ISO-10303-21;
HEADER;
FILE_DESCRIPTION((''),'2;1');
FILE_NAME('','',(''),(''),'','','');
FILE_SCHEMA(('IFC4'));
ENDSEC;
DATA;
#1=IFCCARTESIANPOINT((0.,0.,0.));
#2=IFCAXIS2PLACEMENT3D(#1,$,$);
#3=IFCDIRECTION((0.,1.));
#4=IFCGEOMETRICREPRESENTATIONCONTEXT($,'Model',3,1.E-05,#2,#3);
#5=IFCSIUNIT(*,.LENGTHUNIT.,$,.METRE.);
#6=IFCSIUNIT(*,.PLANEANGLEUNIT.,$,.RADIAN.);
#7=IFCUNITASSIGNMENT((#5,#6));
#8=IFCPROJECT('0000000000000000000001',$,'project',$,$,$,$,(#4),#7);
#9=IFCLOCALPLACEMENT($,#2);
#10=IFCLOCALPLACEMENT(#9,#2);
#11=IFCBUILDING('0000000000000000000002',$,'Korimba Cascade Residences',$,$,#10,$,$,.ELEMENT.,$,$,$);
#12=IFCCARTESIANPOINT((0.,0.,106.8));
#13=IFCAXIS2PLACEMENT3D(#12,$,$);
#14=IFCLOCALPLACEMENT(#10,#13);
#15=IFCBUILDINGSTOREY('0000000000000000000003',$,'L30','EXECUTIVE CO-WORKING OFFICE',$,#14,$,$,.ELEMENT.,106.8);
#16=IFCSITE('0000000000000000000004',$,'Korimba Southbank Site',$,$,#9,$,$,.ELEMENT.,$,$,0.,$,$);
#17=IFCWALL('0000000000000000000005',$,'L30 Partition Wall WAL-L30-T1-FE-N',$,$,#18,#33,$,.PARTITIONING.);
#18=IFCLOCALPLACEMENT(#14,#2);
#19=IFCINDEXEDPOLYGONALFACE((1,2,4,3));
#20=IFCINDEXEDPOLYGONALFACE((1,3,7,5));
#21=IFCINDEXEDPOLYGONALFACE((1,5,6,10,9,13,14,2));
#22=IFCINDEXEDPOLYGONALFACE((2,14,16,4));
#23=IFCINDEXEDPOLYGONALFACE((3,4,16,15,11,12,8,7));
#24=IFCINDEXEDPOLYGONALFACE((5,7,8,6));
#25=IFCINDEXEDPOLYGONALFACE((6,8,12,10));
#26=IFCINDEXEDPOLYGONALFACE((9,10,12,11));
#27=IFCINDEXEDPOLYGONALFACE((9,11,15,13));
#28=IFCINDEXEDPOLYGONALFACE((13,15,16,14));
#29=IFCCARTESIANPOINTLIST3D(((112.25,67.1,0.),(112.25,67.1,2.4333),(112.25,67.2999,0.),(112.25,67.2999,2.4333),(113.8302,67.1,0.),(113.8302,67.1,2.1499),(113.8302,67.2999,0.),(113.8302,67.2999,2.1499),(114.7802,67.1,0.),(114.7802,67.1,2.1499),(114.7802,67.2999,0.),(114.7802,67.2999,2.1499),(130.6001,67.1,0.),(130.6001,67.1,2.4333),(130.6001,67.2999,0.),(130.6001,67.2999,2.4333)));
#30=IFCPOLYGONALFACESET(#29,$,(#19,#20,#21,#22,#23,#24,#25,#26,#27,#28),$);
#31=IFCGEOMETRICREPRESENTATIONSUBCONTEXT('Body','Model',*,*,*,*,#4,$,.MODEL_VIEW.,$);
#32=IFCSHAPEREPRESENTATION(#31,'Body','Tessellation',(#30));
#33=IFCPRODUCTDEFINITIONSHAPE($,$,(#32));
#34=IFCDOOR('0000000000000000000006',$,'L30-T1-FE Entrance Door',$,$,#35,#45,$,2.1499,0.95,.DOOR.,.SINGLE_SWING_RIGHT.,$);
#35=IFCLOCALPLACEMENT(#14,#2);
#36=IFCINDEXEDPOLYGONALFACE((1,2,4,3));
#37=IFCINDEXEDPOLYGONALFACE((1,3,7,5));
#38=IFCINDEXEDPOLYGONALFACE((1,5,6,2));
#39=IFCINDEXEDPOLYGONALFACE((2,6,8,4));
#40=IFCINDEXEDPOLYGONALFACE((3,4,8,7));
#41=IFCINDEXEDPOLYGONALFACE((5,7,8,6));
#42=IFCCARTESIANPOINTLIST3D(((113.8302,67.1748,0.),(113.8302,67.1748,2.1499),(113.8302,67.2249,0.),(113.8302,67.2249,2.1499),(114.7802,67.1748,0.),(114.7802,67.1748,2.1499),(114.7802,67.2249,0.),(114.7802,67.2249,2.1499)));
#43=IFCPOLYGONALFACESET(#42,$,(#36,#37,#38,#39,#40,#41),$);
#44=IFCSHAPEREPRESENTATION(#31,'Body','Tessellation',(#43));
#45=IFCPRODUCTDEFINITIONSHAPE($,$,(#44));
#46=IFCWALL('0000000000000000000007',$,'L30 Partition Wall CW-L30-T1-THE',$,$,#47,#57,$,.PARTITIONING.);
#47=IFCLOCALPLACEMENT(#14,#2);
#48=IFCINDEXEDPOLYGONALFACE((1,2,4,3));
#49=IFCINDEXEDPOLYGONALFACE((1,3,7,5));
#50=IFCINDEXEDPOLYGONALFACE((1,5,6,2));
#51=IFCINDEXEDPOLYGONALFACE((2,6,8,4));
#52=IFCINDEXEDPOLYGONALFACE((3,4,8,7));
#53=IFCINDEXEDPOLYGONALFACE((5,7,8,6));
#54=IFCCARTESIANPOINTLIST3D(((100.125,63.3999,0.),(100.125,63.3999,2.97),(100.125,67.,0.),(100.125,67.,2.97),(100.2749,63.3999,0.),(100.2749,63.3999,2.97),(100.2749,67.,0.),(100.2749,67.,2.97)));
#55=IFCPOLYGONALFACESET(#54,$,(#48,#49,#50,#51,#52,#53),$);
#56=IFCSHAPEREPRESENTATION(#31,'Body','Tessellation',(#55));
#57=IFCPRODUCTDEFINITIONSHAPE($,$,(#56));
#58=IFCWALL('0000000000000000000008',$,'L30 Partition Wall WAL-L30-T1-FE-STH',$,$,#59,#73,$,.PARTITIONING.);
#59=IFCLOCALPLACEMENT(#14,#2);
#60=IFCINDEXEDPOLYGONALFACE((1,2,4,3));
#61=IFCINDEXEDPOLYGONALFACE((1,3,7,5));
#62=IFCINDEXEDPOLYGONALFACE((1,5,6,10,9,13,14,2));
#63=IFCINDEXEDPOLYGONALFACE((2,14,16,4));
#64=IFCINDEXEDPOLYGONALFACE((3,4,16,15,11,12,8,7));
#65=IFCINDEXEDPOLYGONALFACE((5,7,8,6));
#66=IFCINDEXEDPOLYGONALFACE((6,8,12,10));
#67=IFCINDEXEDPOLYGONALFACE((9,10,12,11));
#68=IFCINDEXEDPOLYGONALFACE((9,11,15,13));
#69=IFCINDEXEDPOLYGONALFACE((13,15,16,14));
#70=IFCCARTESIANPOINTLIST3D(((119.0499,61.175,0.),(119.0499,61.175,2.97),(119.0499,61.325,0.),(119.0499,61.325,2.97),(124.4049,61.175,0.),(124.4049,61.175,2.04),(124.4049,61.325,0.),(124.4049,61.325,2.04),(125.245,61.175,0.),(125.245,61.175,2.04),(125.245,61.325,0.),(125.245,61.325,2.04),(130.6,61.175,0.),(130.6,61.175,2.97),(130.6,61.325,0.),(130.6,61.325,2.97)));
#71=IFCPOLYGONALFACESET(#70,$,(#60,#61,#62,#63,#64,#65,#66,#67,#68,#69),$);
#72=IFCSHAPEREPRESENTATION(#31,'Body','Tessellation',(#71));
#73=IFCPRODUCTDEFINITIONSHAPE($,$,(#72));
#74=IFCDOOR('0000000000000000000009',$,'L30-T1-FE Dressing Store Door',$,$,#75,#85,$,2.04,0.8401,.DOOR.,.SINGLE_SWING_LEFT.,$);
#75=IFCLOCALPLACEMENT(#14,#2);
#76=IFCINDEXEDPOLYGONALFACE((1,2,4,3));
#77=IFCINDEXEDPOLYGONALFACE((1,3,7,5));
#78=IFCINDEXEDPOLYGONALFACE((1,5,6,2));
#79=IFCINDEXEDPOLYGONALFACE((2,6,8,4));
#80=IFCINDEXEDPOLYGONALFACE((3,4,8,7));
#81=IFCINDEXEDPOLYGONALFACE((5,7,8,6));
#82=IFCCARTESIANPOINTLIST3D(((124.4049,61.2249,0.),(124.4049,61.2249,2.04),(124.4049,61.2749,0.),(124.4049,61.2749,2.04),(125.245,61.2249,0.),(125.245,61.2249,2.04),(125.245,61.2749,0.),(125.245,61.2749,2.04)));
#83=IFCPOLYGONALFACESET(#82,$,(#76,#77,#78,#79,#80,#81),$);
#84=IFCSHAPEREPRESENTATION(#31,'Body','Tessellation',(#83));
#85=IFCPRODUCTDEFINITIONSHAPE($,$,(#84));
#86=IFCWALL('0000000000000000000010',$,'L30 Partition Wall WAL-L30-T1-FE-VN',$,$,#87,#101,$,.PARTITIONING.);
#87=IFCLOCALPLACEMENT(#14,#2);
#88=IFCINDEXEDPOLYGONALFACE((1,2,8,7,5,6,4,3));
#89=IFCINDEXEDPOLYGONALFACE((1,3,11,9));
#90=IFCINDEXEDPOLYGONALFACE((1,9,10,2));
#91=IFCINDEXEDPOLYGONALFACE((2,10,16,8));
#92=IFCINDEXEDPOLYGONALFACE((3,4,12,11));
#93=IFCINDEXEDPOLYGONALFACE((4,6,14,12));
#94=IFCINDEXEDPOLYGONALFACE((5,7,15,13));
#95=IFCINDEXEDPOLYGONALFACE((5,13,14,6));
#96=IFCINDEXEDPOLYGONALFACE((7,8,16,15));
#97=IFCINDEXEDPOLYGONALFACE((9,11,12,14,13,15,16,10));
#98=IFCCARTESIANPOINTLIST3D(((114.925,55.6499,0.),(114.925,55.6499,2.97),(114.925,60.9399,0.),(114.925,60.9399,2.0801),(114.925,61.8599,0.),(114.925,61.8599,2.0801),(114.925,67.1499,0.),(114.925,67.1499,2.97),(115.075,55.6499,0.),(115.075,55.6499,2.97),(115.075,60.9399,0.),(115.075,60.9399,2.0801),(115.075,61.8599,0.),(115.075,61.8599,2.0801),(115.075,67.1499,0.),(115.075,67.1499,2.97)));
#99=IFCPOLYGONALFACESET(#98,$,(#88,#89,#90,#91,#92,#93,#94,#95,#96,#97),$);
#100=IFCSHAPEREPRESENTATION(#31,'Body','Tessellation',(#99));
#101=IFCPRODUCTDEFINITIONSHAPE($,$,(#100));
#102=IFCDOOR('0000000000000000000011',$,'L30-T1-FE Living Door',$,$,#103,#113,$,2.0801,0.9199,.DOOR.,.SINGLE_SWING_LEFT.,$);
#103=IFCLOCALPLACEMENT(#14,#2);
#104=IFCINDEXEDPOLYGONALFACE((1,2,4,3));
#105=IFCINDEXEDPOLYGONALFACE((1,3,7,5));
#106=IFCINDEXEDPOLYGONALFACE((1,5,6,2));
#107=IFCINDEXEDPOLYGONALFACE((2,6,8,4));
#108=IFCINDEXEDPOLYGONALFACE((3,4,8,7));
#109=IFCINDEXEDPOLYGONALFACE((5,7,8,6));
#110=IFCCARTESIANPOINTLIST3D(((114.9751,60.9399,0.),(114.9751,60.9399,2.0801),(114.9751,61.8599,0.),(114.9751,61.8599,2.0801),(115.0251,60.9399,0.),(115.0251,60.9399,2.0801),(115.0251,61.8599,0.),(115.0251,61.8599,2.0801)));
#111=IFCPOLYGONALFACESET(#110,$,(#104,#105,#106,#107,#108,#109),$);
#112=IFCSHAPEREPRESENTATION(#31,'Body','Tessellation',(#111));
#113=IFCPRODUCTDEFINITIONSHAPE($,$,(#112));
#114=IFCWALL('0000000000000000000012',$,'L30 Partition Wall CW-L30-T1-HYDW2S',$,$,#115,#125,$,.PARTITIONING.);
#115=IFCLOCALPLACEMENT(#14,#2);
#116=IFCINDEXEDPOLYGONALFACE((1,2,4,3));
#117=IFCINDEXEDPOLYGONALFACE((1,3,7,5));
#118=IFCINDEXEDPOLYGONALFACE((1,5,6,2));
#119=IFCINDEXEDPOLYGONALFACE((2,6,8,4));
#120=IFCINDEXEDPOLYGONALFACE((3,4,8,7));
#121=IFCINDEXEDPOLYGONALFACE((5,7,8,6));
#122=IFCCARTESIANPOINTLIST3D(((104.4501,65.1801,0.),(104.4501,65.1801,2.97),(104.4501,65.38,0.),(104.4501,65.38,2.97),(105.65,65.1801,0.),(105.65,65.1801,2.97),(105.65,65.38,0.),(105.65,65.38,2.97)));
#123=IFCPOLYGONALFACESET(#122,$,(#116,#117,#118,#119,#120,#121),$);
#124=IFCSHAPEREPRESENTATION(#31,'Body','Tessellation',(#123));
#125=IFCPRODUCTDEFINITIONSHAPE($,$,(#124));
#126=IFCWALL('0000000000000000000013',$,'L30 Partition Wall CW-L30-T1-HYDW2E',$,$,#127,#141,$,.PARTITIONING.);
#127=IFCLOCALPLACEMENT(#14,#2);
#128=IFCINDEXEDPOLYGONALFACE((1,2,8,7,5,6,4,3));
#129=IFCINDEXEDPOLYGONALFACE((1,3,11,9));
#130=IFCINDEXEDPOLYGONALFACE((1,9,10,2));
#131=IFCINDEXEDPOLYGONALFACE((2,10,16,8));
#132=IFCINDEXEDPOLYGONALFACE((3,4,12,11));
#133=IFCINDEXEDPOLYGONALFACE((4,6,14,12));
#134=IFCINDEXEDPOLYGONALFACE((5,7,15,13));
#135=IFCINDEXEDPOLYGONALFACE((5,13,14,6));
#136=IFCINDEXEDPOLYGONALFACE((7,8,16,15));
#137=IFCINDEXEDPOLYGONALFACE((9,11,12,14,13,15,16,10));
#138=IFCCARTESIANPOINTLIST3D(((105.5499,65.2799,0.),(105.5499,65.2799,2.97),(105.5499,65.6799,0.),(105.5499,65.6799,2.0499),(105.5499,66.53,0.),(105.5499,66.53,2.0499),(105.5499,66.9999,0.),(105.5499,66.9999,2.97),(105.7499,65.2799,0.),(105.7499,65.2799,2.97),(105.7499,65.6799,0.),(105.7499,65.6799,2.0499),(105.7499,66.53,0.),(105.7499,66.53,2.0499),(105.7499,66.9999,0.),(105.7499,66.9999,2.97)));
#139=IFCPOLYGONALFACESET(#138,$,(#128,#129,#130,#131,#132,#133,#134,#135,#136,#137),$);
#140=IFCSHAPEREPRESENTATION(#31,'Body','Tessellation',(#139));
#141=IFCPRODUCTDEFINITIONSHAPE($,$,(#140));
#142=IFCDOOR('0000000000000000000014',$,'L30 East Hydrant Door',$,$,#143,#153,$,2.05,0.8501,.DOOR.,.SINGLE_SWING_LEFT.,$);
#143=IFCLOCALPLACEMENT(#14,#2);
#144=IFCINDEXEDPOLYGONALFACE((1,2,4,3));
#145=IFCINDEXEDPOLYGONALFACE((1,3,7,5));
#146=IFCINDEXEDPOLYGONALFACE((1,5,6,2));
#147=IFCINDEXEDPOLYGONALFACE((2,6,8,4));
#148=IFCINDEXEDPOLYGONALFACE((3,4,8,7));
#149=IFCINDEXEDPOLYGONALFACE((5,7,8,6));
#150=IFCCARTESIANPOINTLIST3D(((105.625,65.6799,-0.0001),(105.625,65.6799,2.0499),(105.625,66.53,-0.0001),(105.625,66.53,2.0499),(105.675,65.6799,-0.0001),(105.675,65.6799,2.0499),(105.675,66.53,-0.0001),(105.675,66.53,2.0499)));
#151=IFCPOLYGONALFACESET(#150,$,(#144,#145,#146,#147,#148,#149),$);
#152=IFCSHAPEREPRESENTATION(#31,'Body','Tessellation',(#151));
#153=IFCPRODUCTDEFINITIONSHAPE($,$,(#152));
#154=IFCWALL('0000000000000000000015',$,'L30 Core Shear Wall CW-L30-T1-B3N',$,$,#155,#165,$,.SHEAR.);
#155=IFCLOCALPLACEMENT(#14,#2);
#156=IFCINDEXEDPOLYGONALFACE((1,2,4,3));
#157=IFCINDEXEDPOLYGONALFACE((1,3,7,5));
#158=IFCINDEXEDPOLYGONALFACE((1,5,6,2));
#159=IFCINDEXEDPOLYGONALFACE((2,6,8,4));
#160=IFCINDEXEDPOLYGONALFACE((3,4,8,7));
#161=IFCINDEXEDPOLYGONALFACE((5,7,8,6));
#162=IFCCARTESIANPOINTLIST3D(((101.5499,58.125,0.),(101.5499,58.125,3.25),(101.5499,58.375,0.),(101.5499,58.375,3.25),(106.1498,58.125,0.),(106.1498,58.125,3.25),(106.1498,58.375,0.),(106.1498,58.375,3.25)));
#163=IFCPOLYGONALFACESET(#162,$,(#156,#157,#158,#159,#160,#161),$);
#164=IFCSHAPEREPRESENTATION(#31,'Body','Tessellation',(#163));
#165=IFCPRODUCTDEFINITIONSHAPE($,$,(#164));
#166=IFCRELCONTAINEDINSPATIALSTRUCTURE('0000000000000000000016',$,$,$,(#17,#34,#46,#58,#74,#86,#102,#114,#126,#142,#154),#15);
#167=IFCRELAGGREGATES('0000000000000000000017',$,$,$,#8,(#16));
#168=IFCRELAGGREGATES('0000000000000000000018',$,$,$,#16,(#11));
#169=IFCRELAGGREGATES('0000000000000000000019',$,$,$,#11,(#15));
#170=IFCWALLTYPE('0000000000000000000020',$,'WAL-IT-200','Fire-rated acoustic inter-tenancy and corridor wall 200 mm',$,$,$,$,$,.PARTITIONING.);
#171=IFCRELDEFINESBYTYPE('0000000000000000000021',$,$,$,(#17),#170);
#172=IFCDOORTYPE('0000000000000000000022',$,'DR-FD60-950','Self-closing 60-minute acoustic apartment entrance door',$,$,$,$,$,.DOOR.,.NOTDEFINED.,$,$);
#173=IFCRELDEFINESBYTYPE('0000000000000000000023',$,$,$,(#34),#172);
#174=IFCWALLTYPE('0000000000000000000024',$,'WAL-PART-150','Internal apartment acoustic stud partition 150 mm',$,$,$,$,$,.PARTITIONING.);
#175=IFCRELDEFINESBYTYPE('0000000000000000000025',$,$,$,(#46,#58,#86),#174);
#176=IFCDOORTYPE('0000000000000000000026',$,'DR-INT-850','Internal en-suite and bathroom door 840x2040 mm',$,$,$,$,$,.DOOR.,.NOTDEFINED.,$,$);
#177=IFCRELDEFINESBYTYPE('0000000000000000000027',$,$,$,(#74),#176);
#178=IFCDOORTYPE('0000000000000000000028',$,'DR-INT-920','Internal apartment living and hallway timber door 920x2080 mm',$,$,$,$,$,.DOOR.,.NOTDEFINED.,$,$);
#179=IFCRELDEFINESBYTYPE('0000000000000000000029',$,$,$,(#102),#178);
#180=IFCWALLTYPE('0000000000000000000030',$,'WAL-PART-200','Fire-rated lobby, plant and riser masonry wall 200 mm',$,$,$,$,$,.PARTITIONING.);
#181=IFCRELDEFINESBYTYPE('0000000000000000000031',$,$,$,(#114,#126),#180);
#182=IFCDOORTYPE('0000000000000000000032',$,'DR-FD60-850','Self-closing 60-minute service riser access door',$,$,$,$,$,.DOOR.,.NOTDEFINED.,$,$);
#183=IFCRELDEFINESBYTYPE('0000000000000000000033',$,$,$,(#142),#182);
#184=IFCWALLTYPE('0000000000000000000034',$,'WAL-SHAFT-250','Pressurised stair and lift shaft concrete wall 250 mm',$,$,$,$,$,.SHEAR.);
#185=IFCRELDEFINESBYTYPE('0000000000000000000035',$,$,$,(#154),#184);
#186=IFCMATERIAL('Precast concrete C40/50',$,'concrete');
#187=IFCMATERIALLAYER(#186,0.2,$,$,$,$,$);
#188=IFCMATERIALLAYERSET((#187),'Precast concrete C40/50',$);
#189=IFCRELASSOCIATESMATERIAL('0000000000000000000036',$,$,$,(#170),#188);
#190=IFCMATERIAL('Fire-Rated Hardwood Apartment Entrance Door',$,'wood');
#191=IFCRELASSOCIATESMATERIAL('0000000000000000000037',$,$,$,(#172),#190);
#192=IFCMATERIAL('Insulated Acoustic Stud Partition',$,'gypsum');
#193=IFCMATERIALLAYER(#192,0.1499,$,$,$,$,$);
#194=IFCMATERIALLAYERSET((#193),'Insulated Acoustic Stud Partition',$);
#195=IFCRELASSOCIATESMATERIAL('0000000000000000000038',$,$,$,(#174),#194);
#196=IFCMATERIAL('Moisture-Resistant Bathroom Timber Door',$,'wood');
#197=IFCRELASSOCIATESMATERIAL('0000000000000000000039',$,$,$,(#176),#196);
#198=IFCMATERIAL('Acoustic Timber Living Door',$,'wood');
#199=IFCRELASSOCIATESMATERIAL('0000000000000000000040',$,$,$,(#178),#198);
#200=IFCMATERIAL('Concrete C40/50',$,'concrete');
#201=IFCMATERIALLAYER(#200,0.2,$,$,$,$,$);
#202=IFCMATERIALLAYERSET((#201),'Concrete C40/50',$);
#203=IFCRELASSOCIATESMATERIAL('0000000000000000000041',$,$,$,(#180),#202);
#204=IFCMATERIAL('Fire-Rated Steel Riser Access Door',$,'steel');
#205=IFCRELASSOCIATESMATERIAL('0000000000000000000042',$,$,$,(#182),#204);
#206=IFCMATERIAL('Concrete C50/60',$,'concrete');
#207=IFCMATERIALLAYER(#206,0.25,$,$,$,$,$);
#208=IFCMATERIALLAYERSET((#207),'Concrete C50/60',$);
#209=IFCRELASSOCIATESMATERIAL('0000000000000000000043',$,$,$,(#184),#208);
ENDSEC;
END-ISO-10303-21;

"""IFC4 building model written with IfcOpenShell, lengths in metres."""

from ifc_helpers import new_model, si_unit, direction, frame, frame_2d, origin, place, context, subcontext, project, spatial, rectangle, extrude, material, layer, layer_set, type_object, element, fill, save


model = new_model("IFC4")

# Units and contexts
model_context = context("Model", 3, precision=1e-05, world=origin(), true_north=direction((0.0, 1.0)))
body_context = subcontext(model_context, "Body", "Model", "MODEL_VIEW")
ifc_project = project(units=[si_unit("LENGTHUNIT", "METRE"), si_unit("PLANEANGLEUNIT", "RADIAN")], contexts=[model_context])

# Site, building, storey
site_placement = place(None, origin())
site = spatial("IfcSite", under=ifc_project, at=site_placement, Name="Korimba Southbank Site", CompositionType="ELEMENT", RefElevation=0.0)
building_placement = place(site_placement, origin())
building = spatial("IfcBuilding", under=site, at=building_placement, Name="Korimba Cascade Residences", CompositionType="ELEMENT")
storey_placement = place(building_placement, frame((0.0, 0.0, 106.8)))
storey = spatial("IfcBuildingStorey", under=building, at=storey_placement, Name="L30", Description="EXECUTIVE CO-WORKING OFFICE", CompositionType="ELEMENT", Elevation=106.8)

# Wall, opening, door
ifc_material_1 = material(Name="Precast concrete C40/50", Category="concrete")
ifc_layer_1 = layer(ifc_material_1, 0.2)
ifc_layer_set_1 = layer_set([ifc_layer_1], Name="Precast concrete C40/50")
wall_type_1 = type_object("IfcWallType", Name="WAL-IT-200", Description="Fire-rated acoustic inter-tenancy and corridor wall 200 mm", PredefinedType="PARTITIONING", material=ifc_layer_set_1)
wall_1_placement = place(storey_placement, frame((112.25, 67.2, 0.0), z_axis=(0.0, 0.0, 1.0), x_axis=(1.0, 0.0, 0.0)))
wall_1 = element("IfcWall", 1, at=wall_1_placement, inside=storey, type_object=wall_type_1, Name="L30 Partition Wall WAL-L30-T1-FE-N", PredefinedType="PARTITIONING", context=body_context, shape_type="SweptSolid", body=[
    extrude(rectangle(XDim=18.3501, YDim=0.2, at=frame_2d((9.175, 0.0))), origin(), (0.0, 0.0, 1.0), 2.4333),
])
opening_1_placement = place(wall_1_placement, frame((1.5801, 0.0, 0.0)))
opening_1 = element("IfcOpeningElement", 2, at=opening_1_placement, cuts=wall_1, PredefinedType="OPENING", context=body_context, shape_type="SweptSolid", body=[
    extrude(rectangle(XDim=0.95, YDim=2.1499, at=frame_2d((0.4751, 1.075))), frame((0.0, 0.1099, 0.0), z_axis=(0.0, -1.0, 0.0), x_axis=(1.0, 0.0, 0.0)), (0.0, 0.0, 1.0), 0.22),
])
ifc_material_2 = material(Name="Fire-Rated Hardwood Apartment Entrance Door", Category="wood")
door_type_1 = type_object("IfcDoorType", Name="DR-FD60-950", Description="Self-closing 60-minute acoustic apartment entrance door", OperationType="NOTDEFINED", PredefinedType="DOOR", material=ifc_material_2)
door_1_placement = place(opening_1_placement, origin())
door_1 = element("IfcDoor", 3, at=door_1_placement, inside=storey, type_object=door_type_1, Name="L30-T1-FE Entrance Door", OperationType="SINGLE_SWING_RIGHT", OverallHeight=2.1499, OverallWidth=0.95, PredefinedType="DOOR", context=body_context, shape_type="SweptSolid", body=[
    extrude(rectangle(XDim=0.95, YDim=2.1499, at=frame_2d((0.4751, 1.075))), frame((0.0, 0.0249, 0.0), z_axis=(0.0, -1.0, 0.0), x_axis=(1.0, 0.0, 0.0)), (0.0, 0.0, 1.0), 0.05),
])
fill(opening_1, door_1)

# Wall
ifc_material_3 = material(Name="Insulated Acoustic Stud Partition", Category="gypsum")
ifc_layer_2 = layer(ifc_material_3, 0.1499)
ifc_layer_set_2 = layer_set([ifc_layer_2], Name="Insulated Acoustic Stud Partition")
wall_type_2 = type_object("IfcWallType", Name="WAL-PART-150", Description="Internal apartment acoustic stud partition 150 mm", PredefinedType="PARTITIONING", material=ifc_layer_set_2)
wall_2_placement = place(storey_placement, frame((100.2, 63.3999, 0.0), z_axis=(0.0, 0.0, 1.0), x_axis=(0.0, 1.0, 0.0)))
element("IfcWall", 4, at=wall_2_placement, inside=storey, type_object=wall_type_2, Name="L30 Partition Wall CW-L30-T1-THE", PredefinedType="PARTITIONING", context=body_context, shape_type="SweptSolid", body=[
    extrude(rectangle(XDim=3.6001, YDim=0.1499, at=frame_2d((1.8, 0.0))), origin(), (0.0, 0.0, 1.0), 2.97),
])

# Walls, openings, doors
wall_3_placement = place(storey_placement, frame((119.05, 61.25, 0.0), z_axis=(0.0, 0.0, 1.0), x_axis=(1.0, 0.0, 0.0)))
wall_3 = element("IfcWall", 5, at=wall_3_placement, inside=storey, type_object=wall_type_2, Name="L30 Partition Wall WAL-L30-T1-FE-STH", PredefinedType="PARTITIONING", context=body_context, shape_type="SweptSolid", body=[
    extrude(rectangle(XDim=11.55, YDim=0.1499, at=frame_2d((5.7749, 0.0))), origin(), (0.0, 0.0, 1.0), 2.97),
])
opening_2_placement = place(wall_3_placement, frame((5.355, 0.0, 0.0)))
opening_2 = element("IfcOpeningElement", 6, at=opening_2_placement, cuts=wall_3, PredefinedType="OPENING", context=body_context, shape_type="SweptSolid", body=[
    extrude(rectangle(XDim=0.8401, YDim=2.04, at=frame_2d((0.4199, 1.02))), frame((0.0, 0.085, 0.0), z_axis=(0.0, -1.0, 0.0), x_axis=(1.0, 0.0, 0.0)), (0.0, 0.0, 1.0), 0.1699),
])
ifc_material_4 = material(Name="Moisture-Resistant Bathroom Timber Door", Category="wood")
door_type_2 = type_object("IfcDoorType", Name="DR-INT-850", Description="Internal en-suite and bathroom door 840x2040 mm", OperationType="NOTDEFINED", PredefinedType="DOOR", material=ifc_material_4)
door_2_placement = place(opening_2_placement, origin())
door_2 = element("IfcDoor", 7, at=door_2_placement, inside=storey, type_object=door_type_2, Name="L30-T1-FE Dressing Store Door", OperationType="SINGLE_SWING_LEFT", OverallHeight=2.04, OverallWidth=0.8401, PredefinedType="DOOR", context=body_context, shape_type="SweptSolid", body=[
    extrude(rectangle(XDim=0.8401, YDim=2.04, at=frame_2d((0.4199, 1.02))), frame((0.0, 0.0249, 0.0), z_axis=(0.0, -1.0, 0.0), x_axis=(1.0, 0.0, 0.0)), (0.0, 0.0, 1.0), 0.05),
])
fill(opening_2, door_2)
wall_4_placement = place(storey_placement, frame((115.0, 55.6499, 0.0), z_axis=(0.0, 0.0, 1.0), x_axis=(0.0, 1.0, 0.0)))
wall_4 = element("IfcWall", 8, at=wall_4_placement, inside=storey, type_object=wall_type_2, Name="L30 Partition Wall WAL-L30-T1-FE-VN", PredefinedType="PARTITIONING", context=body_context, shape_type="SweptSolid", body=[
    extrude(rectangle(XDim=11.5, YDim=0.1499, at=frame_2d((5.75, 0.0))), origin(), (0.0, 0.0, 1.0), 2.97),
])
opening_3_placement = place(wall_4_placement, frame((5.29, 0.0, 0.0)))
opening_3 = element("IfcOpeningElement", 9, at=opening_3_placement, cuts=wall_4, PredefinedType="OPENING", context=body_context, shape_type="SweptSolid", body=[
    extrude(rectangle(XDim=0.9199, YDim=2.0801, at=frame_2d((0.46, 1.04))), frame((0.0, 0.085, 0.0), z_axis=(0.0, -1.0, 0.0), x_axis=(1.0, 0.0, 0.0)), (0.0, 0.0, 1.0), 0.1699),
])
ifc_material_5 = material(Name="Acoustic Timber Living Door", Category="wood")
door_type_3 = type_object("IfcDoorType", Name="DR-INT-920", Description="Internal apartment living and hallway timber door 920x2080 mm", OperationType="NOTDEFINED", PredefinedType="DOOR", material=ifc_material_5)
door_3_placement = place(opening_3_placement, origin())
door_3 = element("IfcDoor", 10, at=door_3_placement, inside=storey, type_object=door_type_3, Name="L30-T1-FE Living Door", OperationType="SINGLE_SWING_LEFT", OverallHeight=2.0801, OverallWidth=0.9199, PredefinedType="DOOR", context=body_context, shape_type="SweptSolid", body=[
    extrude(rectangle(XDim=0.9199, YDim=2.0801, at=frame_2d((0.46, 1.04))), frame((0.0, 0.0249, 0.0), z_axis=(0.0, -1.0, 0.0), x_axis=(1.0, 0.0, 0.0)), (0.0, 0.0, 1.0), 0.05),
])
fill(opening_3, door_3)

# Wall
ifc_material_6 = material(Name="Concrete C40/50", Category="concrete")
ifc_layer_3 = layer(ifc_material_6, 0.2)
ifc_layer_set_3 = layer_set([ifc_layer_3], Name="Concrete C40/50")
wall_type_3 = type_object("IfcWallType", Name="WAL-PART-200", Description="Fire-rated lobby, plant and riser masonry wall 200 mm", PredefinedType="PARTITIONING", material=ifc_layer_set_3)
wall_5_placement = place(storey_placement, frame((104.45, 65.28, 0.0), z_axis=(0.0, 0.0, 1.0), x_axis=(1.0, 0.0, 0.0)))
element("IfcWall", 11, at=wall_5_placement, inside=storey, type_object=wall_type_3, Name="L30 Partition Wall CW-L30-T1-HYDW2S", PredefinedType="PARTITIONING", context=body_context, shape_type="SweptSolid", body=[
    extrude(rectangle(XDim=1.2, YDim=0.2, at=frame_2d((0.6001, 0.0))), origin(), (0.0, 0.0, 1.0), 2.97),
])

# Wall, opening, door
wall_6_placement = place(storey_placement, frame((105.6499, 65.28, 0.0), z_axis=(0.0, 0.0, 1.0), x_axis=(0.0, 1.0, 0.0)))
wall_6 = element("IfcWall", 12, at=wall_6_placement, inside=storey, type_object=wall_type_3, Name="L30 Partition Wall CW-L30-T1-HYDW2E", PredefinedType="PARTITIONING", context=body_context, shape_type="SweptSolid", body=[
    extrude(rectangle(XDim=1.72, YDim=0.2, at=frame_2d((0.8599, 0.0))), origin(), (0.0, 0.0, 1.0), 2.97),
])
opening_4_placement = place(wall_6_placement, frame((0.3999, 0.0, 0.0)))
opening_4 = element("IfcOpeningElement", 13, at=opening_4_placement, cuts=wall_6, PredefinedType="OPENING", context=body_context, shape_type="SweptSolid", body=[
    extrude(rectangle(XDim=0.8501, YDim=2.05, at=frame_2d((0.425, 1.0249))), frame((0.0, 0.1099, 0.0), z_axis=(0.0, -1.0, 0.0), x_axis=(1.0, 0.0, 0.0)), (0.0, 0.0, 1.0), 0.22),
])
ifc_material_7 = material(Name="Fire-Rated Steel Riser Access Door", Category="steel")
door_type_4 = type_object("IfcDoorType", Name="DR-FD60-850", Description="Self-closing 60-minute service riser access door", OperationType="NOTDEFINED", PredefinedType="DOOR", material=ifc_material_7)
door_4_placement = place(opening_4_placement, origin())
door_4 = element("IfcDoor", 14, at=door_4_placement, inside=storey, type_object=door_type_4, Name="L30 East Hydrant Door", OperationType="SINGLE_SWING_LEFT", OverallHeight=2.05, OverallWidth=0.8501, PredefinedType="DOOR", context=body_context, shape_type="SweptSolid", body=[
    extrude(rectangle(XDim=0.8501, YDim=2.05, at=frame_2d((0.425, 1.0249))), frame((0.0, 0.0249, 0.0), z_axis=(0.0, -1.0, 0.0), x_axis=(1.0, 0.0, 0.0)), (0.0, 0.0, 1.0), 0.05),
])
fill(opening_4, door_4)

# Wall
ifc_material_8 = material(Name="Concrete C50/60", Category="concrete")
ifc_layer_4 = layer(ifc_material_8, 0.25)
ifc_layer_set_4 = layer_set([ifc_layer_4], Name="Concrete C50/60")
wall_type_4 = type_object("IfcWallType", Name="WAL-SHAFT-250", Description="Pressurised stair and lift shaft concrete wall 250 mm", PredefinedType="SHEAR", material=ifc_layer_set_4)
wall_7_placement = place(storey_placement, frame((101.55, 58.25, 0.0), z_axis=(0.0, 0.0, 1.0), x_axis=(1.0, 0.0, 0.0)))
element("IfcWall", 15, at=wall_7_placement, inside=storey, type_object=wall_type_4, Name="L30 Core Shear Wall CW-L30-T1-B3N", PredefinedType="SHEAR", context=body_context, shape_type="SweptSolid", body=[
    extrude(rectangle(XDim=4.5999, YDim=0.25, at=frame_2d((2.2998, 0.0))), origin(), (0.0, 0.0, 1.0), 3.25),
])

save(model, "model.ifc")
